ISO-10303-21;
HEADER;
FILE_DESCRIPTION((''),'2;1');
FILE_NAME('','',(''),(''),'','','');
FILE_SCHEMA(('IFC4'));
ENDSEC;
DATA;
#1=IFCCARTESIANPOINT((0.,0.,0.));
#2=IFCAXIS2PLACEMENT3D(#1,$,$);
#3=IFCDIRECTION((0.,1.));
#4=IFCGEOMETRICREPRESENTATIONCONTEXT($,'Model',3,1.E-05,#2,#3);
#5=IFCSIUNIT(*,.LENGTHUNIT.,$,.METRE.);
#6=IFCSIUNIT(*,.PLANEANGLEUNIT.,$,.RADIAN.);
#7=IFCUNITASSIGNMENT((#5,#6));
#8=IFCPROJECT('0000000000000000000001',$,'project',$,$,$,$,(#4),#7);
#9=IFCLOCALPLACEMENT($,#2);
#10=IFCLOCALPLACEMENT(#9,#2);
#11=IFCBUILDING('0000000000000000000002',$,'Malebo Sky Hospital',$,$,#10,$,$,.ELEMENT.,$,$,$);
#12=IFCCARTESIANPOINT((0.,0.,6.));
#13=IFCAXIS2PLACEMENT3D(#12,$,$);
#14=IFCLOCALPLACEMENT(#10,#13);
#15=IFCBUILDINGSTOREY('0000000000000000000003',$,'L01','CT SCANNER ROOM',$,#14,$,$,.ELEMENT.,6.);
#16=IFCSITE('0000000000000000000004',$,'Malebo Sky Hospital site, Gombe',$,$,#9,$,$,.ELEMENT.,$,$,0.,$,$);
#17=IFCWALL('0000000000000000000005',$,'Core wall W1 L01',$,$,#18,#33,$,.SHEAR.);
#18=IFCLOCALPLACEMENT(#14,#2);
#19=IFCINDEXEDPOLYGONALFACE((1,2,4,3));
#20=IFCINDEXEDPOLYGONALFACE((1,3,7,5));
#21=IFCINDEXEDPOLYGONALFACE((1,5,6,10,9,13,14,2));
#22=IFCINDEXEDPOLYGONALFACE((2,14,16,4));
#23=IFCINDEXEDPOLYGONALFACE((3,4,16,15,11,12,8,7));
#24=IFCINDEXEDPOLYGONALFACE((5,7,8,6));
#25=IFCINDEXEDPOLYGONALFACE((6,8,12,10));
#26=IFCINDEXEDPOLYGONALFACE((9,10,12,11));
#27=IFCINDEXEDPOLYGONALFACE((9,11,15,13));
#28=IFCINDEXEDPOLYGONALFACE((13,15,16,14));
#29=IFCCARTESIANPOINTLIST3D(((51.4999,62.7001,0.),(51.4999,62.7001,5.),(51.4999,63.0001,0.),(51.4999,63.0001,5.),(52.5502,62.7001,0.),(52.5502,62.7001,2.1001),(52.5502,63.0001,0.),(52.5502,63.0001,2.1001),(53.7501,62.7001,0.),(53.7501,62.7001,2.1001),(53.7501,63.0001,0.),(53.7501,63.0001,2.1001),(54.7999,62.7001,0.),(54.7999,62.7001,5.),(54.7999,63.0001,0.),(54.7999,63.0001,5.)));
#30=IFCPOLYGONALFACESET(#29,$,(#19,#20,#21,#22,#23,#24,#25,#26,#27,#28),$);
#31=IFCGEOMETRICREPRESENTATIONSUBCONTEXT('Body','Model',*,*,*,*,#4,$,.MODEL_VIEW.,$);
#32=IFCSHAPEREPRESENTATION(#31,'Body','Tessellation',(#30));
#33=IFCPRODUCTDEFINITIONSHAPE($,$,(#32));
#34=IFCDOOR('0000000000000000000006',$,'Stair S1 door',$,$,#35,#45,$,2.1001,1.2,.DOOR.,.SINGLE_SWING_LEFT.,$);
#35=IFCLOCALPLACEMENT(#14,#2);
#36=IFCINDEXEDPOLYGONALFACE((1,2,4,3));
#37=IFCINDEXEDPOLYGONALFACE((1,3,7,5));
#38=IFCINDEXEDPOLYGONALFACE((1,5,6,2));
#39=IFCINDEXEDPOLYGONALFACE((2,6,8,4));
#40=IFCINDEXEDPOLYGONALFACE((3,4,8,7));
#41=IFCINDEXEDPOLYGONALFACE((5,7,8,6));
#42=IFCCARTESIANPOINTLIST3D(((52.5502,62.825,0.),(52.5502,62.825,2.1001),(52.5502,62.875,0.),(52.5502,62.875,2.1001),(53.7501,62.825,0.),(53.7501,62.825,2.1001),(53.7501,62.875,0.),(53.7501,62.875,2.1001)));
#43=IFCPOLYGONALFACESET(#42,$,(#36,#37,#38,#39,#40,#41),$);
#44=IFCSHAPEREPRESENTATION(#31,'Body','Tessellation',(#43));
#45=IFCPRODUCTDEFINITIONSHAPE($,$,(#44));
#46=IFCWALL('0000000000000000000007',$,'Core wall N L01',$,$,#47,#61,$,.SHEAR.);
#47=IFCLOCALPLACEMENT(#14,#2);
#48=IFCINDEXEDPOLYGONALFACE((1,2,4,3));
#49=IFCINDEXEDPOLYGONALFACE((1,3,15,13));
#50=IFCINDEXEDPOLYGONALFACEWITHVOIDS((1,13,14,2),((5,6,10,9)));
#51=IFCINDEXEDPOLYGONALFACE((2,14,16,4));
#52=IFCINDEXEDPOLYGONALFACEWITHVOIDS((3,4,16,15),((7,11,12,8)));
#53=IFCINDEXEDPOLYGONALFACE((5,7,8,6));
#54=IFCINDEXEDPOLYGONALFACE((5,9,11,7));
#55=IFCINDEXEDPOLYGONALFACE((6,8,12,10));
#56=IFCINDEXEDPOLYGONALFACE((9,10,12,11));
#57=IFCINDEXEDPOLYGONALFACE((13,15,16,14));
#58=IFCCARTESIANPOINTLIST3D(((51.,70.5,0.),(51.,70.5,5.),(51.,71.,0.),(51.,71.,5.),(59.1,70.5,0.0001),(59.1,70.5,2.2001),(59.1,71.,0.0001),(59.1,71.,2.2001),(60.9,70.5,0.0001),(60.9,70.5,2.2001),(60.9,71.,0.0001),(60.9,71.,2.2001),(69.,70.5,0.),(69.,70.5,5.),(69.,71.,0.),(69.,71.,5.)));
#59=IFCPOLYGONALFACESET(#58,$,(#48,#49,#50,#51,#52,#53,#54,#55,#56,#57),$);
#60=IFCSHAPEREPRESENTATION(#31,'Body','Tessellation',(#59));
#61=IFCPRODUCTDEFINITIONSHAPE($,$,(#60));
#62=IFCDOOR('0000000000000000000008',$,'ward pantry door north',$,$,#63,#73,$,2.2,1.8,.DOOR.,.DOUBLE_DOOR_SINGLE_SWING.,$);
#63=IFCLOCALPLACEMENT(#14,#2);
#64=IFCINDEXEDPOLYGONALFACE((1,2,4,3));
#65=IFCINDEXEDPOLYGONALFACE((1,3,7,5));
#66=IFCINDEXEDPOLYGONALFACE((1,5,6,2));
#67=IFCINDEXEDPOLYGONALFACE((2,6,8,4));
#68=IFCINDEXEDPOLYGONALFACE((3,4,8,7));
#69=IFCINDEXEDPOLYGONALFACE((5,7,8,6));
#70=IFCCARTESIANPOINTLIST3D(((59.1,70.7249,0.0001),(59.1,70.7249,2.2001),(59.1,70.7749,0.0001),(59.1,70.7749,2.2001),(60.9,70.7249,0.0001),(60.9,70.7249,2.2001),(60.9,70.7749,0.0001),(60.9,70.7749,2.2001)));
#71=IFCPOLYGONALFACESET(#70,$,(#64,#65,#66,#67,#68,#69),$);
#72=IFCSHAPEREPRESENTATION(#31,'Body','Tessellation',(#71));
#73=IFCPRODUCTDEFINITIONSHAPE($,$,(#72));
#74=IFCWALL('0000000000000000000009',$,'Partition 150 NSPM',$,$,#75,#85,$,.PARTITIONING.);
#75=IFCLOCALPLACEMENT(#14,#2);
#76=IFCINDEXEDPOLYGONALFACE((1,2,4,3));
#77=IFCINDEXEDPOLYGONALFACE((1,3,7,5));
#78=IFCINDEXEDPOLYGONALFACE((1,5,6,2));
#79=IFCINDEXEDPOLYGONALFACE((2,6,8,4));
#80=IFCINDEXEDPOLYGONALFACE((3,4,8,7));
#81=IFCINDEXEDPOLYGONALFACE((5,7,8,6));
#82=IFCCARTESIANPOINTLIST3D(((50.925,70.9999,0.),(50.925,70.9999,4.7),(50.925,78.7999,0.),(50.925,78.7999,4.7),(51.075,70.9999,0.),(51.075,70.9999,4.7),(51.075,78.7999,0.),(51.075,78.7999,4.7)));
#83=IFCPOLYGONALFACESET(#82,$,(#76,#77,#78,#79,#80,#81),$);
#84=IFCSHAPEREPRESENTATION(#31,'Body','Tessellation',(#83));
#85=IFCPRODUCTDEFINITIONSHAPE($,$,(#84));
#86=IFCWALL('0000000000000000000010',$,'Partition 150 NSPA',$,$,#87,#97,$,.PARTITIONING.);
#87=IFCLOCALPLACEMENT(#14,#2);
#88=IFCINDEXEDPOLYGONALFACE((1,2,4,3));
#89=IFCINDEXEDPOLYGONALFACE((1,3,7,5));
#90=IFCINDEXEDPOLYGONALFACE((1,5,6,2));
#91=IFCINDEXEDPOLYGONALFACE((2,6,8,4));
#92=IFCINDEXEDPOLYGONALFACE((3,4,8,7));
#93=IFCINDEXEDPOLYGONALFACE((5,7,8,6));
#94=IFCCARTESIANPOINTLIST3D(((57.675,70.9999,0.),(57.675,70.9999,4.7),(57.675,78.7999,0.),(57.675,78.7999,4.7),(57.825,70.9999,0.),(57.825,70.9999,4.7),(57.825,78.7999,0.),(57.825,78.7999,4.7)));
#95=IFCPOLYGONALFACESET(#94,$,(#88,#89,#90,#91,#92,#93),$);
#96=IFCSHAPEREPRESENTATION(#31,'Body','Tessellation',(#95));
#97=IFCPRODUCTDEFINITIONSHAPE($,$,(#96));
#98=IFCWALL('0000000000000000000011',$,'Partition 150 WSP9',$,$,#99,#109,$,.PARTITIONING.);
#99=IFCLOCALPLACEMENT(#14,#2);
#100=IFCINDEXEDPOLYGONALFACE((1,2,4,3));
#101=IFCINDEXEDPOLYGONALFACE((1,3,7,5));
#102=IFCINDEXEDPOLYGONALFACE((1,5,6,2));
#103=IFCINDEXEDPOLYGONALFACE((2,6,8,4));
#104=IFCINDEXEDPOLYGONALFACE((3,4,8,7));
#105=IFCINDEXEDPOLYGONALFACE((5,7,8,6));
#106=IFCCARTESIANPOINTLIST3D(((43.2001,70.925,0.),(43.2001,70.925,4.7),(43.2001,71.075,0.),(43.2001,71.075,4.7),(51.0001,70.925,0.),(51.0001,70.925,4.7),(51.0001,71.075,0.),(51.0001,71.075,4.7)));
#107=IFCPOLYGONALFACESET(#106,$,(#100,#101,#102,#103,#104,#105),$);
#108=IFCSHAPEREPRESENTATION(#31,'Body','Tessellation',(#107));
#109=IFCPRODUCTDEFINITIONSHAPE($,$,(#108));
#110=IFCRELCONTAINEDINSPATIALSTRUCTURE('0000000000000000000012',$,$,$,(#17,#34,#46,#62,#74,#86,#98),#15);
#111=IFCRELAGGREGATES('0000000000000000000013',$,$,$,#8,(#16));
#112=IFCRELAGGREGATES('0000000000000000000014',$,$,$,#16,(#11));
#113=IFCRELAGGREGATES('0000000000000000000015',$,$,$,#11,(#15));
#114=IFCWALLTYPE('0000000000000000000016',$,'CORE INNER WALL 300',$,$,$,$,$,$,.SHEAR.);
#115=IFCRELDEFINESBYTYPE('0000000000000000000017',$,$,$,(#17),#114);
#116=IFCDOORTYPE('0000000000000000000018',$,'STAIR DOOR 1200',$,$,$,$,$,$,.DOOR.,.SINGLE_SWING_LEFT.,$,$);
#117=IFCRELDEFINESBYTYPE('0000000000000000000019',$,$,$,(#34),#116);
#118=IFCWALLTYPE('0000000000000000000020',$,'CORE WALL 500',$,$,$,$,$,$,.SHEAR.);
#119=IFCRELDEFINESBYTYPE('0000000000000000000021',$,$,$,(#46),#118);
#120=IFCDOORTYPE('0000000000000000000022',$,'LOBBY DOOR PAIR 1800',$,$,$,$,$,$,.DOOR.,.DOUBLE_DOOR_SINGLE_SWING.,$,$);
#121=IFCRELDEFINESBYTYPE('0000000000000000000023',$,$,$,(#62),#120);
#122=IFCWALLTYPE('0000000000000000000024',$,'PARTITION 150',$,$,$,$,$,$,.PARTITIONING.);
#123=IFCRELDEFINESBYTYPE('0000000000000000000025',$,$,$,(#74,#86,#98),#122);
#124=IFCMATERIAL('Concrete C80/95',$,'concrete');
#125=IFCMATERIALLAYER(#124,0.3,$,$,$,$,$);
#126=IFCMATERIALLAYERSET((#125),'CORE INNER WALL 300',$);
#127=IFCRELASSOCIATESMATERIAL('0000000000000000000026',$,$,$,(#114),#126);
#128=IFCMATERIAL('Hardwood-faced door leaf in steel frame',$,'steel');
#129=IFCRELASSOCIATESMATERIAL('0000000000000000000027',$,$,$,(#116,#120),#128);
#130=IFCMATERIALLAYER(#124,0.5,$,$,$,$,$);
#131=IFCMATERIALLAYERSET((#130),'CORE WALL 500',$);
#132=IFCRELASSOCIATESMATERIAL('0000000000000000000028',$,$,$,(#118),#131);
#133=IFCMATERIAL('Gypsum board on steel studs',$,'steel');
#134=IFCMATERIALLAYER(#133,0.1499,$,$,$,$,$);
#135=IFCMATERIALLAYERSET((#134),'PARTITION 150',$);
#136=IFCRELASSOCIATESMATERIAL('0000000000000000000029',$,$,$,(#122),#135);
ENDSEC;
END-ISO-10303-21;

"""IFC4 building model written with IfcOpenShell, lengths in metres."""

from ifc_helpers import new_model, si_unit, direction, frame, frame_2d, origin, place, context, subcontext, project, spatial, rectangle, extrude, material, layer, layer_set, type_object, element, fill, save


model = new_model("IFC4")

# Units and contexts
model_context = context("Model", 3, precision=1e-05, world=origin(), true_north=direction((0.0, 1.0)))
body_context = subcontext(model_context, "Body", "Model", "MODEL_VIEW")
ifc_project = project(units=[si_unit("LENGTHUNIT", "METRE"), si_unit("PLANEANGLEUNIT", "RADIAN")], contexts=[model_context])

# Site, building, storey
site_placement = place(None, origin())
site = spatial("IfcSite", under=ifc_project, at=site_placement, Name="Malebo Sky Hospital site, Gombe", CompositionType="ELEMENT", RefElevation=0.0)
building_placement = place(site_placement, origin())
building = spatial("IfcBuilding", under=site, at=building_placement, Name="Malebo Sky Hospital", CompositionType="ELEMENT")
storey_placement = place(building_placement, frame((0.0, 0.0, 6.0)))
storey = spatial("IfcBuildingStorey", under=building, at=storey_placement, Name="L01", Description="CT SCANNER ROOM", CompositionType="ELEMENT", Elevation=6.0)

# Shared definitions
ifc_material_1 = material(Name="Concrete C80/95", Category="concrete")

# Walls, openings, doors
ifc_layer_1 = layer(ifc_material_1, 0.3)
ifc_layer_set_1 = layer_set([ifc_layer_1], Name="CORE INNER WALL 300")
wall_type_1 = type_object("IfcWallType", Name="CORE INNER WALL 300", PredefinedType="SHEAR", material=ifc_layer_set_1)
wall_1_placement = place(storey_placement, frame((51.5, 62.8501, 0.0), z_axis=(0.0, 0.0, 1.0), x_axis=(1.0, 0.0, 0.0)))
wall_1 = element("IfcWall", 1, at=wall_1_placement, inside=storey, type_object=wall_type_1, Name="Core wall W1 L01", PredefinedType="SHEAR", context=body_context, shape_type="SweptSolid", body=[
    extrude(rectangle(XDim=3.3, YDim=0.3, at=frame_2d((1.6499, 0.0))), origin(), (0.0, 0.0, 1.0), 5.0),
])
opening_1_placement = place(wall_1_placement, frame((1.05, 0.0, 0.0)))
opening_1 = element("IfcOpeningElement", 2, at=opening_1_placement, cuts=wall_1, PredefinedType="OPENING", context=body_context, shape_type="SweptSolid", body=[
    extrude(rectangle(XDim=1.2, YDim=2.1001, at=frame_2d((0.6001, 1.05))), frame((0.0, 0.1599, 0.0), z_axis=(0.0, -1.0, 0.0), x_axis=(1.0, 0.0, 0.0)), (0.0, 0.0, 1.0), 0.3201),
])
ifc_material_2 = material(Name="Hardwood-faced door leaf in steel frame", Category="steel")
door_type_1 = type_object("IfcDoorType", Name="STAIR DOOR 1200", OperationType="SINGLE_SWING_LEFT", PredefinedType="DOOR", material=ifc_material_2)
door_1_placement = place(opening_1_placement, origin())
door_1 = element("IfcDoor", 3, at=door_1_placement, inside=storey, type_object=door_type_1, Name="Stair S1 door", OperationType="SINGLE_SWING_LEFT", OverallHeight=2.1001, OverallWidth=1.2, PredefinedType="DOOR", context=body_context, shape_type="SweptSolid", body=[
    extrude(rectangle(XDim=1.2, YDim=2.1001, at=frame_2d((0.6001, 1.05))), frame((0.0, 0.0249, 0.0), z_axis=(0.0, -1.0, 0.0), x_axis=(1.0, 0.0, 0.0)), (0.0, 0.0, 1.0), 0.05),
])
fill(opening_1, door_1)
ifc_layer_2 = layer(ifc_material_1, 0.5)
ifc_layer_set_2 = layer_set([ifc_layer_2], Name="CORE WALL 500")
wall_type_2 = type_object("IfcWallType", Name="CORE WALL 500", PredefinedType="SHEAR", material=ifc_layer_set_2)
wall_2_placement = place(storey_placement, frame((51.0, 70.75, 0.0), z_axis=(0.0, 0.0, 1.0), x_axis=(1.0, 0.0, 0.0)))
wall_2 = element("IfcWall", 4, at=wall_2_placement, inside=storey, type_object=wall_type_2, Name="Core wall N L01", PredefinedType="SHEAR", context=body_context, shape_type="SweptSolid", body=[
    extrude(rectangle(XDim=18.0, YDim=0.5, at=frame_2d((9.0, 0.0))), origin(), (0.0, 0.0, 1.0), 5.0),
])
opening_2_placement = place(wall_2_placement, frame((8.1001, 0.0, 0.0)))
opening_2 = element("IfcOpeningElement", 5, at=opening_2_placement, cuts=wall_2, PredefinedType="OPENING", context=body_context, shape_type="SweptSolid", body=[
    extrude(rectangle(XDim=1.8, YDim=2.2, at=frame_2d((0.8999, 1.1001))), frame((0.0, 0.26, 0.0), z_axis=(0.0, -1.0, 0.0), x_axis=(1.0, 0.0, 0.0)), (0.0, 0.0, 1.0), 0.52),
])
door_type_2 = type_object("IfcDoorType", Name="LOBBY DOOR PAIR 1800", OperationType="DOUBLE_DOOR_SINGLE_SWING", PredefinedType="DOOR", material=ifc_material_2)
door_2_placement = place(opening_2_placement, origin())
door_2 = element("IfcDoor", 6, at=door_2_placement, inside=storey, type_object=door_type_2, Name="ward pantry door north", OperationType="DOUBLE_DOOR_SINGLE_SWING", OverallHeight=2.2, OverallWidth=1.8, PredefinedType="DOOR", context=body_context, shape_type="SweptSolid", body=[
    extrude(rectangle(XDim=1.8, YDim=2.2, at=frame_2d((0.8999, 1.1001))), frame((0.0, 0.0249, 0.0), z_axis=(0.0, -1.0, 0.0), x_axis=(1.0, 0.0, 0.0)), (0.0, 0.0, 1.0), 0.05),
])
fill(opening_2, door_2)

# Walls
ifc_material_3 = material(Name="Gypsum board on steel studs", Category="steel")
ifc_layer_3 = layer(ifc_material_3, 0.1499)
ifc_layer_set_3 = layer_set([ifc_layer_3], Name="PARTITION 150")
wall_type_3 = type_object("IfcWallType", Name="PARTITION 150", PredefinedType="PARTITIONING", material=ifc_layer_set_3)
for number, where, z_axis, x_axis, name in (
    (7, (51.0, 71.0, 0.0), (0.0, 0.0, 1.0), (0.0, 1.0, 0.0), "Partition 150 NSPM"),
    (8, (57.75, 71.0, 0.0), (0.0, 0.0, 1.0), (0.0, 1.0, 0.0), "Partition 150 NSPA"),
    (9, (51.0, 71.0, 0.0), (0.0, 0.0, 1.0), (-1.0, 0.0, 0.0), "Partition 150 WSP9"),
):
    element("IfcWall", number, at=place(storey_placement, frame(where, z_axis=z_axis, x_axis=x_axis)), inside=storey, type_object=wall_type_3, Name=name, PredefinedType="PARTITIONING", context=body_context, shape_type="SweptSolid", body=[
        extrude(rectangle(XDim=7.8, YDim=0.1499, at=frame_2d((3.8999, 0.0))), origin(), (0.0, 0.0, 1.0), 4.7),
    ])

save(model, "model.ifc")
